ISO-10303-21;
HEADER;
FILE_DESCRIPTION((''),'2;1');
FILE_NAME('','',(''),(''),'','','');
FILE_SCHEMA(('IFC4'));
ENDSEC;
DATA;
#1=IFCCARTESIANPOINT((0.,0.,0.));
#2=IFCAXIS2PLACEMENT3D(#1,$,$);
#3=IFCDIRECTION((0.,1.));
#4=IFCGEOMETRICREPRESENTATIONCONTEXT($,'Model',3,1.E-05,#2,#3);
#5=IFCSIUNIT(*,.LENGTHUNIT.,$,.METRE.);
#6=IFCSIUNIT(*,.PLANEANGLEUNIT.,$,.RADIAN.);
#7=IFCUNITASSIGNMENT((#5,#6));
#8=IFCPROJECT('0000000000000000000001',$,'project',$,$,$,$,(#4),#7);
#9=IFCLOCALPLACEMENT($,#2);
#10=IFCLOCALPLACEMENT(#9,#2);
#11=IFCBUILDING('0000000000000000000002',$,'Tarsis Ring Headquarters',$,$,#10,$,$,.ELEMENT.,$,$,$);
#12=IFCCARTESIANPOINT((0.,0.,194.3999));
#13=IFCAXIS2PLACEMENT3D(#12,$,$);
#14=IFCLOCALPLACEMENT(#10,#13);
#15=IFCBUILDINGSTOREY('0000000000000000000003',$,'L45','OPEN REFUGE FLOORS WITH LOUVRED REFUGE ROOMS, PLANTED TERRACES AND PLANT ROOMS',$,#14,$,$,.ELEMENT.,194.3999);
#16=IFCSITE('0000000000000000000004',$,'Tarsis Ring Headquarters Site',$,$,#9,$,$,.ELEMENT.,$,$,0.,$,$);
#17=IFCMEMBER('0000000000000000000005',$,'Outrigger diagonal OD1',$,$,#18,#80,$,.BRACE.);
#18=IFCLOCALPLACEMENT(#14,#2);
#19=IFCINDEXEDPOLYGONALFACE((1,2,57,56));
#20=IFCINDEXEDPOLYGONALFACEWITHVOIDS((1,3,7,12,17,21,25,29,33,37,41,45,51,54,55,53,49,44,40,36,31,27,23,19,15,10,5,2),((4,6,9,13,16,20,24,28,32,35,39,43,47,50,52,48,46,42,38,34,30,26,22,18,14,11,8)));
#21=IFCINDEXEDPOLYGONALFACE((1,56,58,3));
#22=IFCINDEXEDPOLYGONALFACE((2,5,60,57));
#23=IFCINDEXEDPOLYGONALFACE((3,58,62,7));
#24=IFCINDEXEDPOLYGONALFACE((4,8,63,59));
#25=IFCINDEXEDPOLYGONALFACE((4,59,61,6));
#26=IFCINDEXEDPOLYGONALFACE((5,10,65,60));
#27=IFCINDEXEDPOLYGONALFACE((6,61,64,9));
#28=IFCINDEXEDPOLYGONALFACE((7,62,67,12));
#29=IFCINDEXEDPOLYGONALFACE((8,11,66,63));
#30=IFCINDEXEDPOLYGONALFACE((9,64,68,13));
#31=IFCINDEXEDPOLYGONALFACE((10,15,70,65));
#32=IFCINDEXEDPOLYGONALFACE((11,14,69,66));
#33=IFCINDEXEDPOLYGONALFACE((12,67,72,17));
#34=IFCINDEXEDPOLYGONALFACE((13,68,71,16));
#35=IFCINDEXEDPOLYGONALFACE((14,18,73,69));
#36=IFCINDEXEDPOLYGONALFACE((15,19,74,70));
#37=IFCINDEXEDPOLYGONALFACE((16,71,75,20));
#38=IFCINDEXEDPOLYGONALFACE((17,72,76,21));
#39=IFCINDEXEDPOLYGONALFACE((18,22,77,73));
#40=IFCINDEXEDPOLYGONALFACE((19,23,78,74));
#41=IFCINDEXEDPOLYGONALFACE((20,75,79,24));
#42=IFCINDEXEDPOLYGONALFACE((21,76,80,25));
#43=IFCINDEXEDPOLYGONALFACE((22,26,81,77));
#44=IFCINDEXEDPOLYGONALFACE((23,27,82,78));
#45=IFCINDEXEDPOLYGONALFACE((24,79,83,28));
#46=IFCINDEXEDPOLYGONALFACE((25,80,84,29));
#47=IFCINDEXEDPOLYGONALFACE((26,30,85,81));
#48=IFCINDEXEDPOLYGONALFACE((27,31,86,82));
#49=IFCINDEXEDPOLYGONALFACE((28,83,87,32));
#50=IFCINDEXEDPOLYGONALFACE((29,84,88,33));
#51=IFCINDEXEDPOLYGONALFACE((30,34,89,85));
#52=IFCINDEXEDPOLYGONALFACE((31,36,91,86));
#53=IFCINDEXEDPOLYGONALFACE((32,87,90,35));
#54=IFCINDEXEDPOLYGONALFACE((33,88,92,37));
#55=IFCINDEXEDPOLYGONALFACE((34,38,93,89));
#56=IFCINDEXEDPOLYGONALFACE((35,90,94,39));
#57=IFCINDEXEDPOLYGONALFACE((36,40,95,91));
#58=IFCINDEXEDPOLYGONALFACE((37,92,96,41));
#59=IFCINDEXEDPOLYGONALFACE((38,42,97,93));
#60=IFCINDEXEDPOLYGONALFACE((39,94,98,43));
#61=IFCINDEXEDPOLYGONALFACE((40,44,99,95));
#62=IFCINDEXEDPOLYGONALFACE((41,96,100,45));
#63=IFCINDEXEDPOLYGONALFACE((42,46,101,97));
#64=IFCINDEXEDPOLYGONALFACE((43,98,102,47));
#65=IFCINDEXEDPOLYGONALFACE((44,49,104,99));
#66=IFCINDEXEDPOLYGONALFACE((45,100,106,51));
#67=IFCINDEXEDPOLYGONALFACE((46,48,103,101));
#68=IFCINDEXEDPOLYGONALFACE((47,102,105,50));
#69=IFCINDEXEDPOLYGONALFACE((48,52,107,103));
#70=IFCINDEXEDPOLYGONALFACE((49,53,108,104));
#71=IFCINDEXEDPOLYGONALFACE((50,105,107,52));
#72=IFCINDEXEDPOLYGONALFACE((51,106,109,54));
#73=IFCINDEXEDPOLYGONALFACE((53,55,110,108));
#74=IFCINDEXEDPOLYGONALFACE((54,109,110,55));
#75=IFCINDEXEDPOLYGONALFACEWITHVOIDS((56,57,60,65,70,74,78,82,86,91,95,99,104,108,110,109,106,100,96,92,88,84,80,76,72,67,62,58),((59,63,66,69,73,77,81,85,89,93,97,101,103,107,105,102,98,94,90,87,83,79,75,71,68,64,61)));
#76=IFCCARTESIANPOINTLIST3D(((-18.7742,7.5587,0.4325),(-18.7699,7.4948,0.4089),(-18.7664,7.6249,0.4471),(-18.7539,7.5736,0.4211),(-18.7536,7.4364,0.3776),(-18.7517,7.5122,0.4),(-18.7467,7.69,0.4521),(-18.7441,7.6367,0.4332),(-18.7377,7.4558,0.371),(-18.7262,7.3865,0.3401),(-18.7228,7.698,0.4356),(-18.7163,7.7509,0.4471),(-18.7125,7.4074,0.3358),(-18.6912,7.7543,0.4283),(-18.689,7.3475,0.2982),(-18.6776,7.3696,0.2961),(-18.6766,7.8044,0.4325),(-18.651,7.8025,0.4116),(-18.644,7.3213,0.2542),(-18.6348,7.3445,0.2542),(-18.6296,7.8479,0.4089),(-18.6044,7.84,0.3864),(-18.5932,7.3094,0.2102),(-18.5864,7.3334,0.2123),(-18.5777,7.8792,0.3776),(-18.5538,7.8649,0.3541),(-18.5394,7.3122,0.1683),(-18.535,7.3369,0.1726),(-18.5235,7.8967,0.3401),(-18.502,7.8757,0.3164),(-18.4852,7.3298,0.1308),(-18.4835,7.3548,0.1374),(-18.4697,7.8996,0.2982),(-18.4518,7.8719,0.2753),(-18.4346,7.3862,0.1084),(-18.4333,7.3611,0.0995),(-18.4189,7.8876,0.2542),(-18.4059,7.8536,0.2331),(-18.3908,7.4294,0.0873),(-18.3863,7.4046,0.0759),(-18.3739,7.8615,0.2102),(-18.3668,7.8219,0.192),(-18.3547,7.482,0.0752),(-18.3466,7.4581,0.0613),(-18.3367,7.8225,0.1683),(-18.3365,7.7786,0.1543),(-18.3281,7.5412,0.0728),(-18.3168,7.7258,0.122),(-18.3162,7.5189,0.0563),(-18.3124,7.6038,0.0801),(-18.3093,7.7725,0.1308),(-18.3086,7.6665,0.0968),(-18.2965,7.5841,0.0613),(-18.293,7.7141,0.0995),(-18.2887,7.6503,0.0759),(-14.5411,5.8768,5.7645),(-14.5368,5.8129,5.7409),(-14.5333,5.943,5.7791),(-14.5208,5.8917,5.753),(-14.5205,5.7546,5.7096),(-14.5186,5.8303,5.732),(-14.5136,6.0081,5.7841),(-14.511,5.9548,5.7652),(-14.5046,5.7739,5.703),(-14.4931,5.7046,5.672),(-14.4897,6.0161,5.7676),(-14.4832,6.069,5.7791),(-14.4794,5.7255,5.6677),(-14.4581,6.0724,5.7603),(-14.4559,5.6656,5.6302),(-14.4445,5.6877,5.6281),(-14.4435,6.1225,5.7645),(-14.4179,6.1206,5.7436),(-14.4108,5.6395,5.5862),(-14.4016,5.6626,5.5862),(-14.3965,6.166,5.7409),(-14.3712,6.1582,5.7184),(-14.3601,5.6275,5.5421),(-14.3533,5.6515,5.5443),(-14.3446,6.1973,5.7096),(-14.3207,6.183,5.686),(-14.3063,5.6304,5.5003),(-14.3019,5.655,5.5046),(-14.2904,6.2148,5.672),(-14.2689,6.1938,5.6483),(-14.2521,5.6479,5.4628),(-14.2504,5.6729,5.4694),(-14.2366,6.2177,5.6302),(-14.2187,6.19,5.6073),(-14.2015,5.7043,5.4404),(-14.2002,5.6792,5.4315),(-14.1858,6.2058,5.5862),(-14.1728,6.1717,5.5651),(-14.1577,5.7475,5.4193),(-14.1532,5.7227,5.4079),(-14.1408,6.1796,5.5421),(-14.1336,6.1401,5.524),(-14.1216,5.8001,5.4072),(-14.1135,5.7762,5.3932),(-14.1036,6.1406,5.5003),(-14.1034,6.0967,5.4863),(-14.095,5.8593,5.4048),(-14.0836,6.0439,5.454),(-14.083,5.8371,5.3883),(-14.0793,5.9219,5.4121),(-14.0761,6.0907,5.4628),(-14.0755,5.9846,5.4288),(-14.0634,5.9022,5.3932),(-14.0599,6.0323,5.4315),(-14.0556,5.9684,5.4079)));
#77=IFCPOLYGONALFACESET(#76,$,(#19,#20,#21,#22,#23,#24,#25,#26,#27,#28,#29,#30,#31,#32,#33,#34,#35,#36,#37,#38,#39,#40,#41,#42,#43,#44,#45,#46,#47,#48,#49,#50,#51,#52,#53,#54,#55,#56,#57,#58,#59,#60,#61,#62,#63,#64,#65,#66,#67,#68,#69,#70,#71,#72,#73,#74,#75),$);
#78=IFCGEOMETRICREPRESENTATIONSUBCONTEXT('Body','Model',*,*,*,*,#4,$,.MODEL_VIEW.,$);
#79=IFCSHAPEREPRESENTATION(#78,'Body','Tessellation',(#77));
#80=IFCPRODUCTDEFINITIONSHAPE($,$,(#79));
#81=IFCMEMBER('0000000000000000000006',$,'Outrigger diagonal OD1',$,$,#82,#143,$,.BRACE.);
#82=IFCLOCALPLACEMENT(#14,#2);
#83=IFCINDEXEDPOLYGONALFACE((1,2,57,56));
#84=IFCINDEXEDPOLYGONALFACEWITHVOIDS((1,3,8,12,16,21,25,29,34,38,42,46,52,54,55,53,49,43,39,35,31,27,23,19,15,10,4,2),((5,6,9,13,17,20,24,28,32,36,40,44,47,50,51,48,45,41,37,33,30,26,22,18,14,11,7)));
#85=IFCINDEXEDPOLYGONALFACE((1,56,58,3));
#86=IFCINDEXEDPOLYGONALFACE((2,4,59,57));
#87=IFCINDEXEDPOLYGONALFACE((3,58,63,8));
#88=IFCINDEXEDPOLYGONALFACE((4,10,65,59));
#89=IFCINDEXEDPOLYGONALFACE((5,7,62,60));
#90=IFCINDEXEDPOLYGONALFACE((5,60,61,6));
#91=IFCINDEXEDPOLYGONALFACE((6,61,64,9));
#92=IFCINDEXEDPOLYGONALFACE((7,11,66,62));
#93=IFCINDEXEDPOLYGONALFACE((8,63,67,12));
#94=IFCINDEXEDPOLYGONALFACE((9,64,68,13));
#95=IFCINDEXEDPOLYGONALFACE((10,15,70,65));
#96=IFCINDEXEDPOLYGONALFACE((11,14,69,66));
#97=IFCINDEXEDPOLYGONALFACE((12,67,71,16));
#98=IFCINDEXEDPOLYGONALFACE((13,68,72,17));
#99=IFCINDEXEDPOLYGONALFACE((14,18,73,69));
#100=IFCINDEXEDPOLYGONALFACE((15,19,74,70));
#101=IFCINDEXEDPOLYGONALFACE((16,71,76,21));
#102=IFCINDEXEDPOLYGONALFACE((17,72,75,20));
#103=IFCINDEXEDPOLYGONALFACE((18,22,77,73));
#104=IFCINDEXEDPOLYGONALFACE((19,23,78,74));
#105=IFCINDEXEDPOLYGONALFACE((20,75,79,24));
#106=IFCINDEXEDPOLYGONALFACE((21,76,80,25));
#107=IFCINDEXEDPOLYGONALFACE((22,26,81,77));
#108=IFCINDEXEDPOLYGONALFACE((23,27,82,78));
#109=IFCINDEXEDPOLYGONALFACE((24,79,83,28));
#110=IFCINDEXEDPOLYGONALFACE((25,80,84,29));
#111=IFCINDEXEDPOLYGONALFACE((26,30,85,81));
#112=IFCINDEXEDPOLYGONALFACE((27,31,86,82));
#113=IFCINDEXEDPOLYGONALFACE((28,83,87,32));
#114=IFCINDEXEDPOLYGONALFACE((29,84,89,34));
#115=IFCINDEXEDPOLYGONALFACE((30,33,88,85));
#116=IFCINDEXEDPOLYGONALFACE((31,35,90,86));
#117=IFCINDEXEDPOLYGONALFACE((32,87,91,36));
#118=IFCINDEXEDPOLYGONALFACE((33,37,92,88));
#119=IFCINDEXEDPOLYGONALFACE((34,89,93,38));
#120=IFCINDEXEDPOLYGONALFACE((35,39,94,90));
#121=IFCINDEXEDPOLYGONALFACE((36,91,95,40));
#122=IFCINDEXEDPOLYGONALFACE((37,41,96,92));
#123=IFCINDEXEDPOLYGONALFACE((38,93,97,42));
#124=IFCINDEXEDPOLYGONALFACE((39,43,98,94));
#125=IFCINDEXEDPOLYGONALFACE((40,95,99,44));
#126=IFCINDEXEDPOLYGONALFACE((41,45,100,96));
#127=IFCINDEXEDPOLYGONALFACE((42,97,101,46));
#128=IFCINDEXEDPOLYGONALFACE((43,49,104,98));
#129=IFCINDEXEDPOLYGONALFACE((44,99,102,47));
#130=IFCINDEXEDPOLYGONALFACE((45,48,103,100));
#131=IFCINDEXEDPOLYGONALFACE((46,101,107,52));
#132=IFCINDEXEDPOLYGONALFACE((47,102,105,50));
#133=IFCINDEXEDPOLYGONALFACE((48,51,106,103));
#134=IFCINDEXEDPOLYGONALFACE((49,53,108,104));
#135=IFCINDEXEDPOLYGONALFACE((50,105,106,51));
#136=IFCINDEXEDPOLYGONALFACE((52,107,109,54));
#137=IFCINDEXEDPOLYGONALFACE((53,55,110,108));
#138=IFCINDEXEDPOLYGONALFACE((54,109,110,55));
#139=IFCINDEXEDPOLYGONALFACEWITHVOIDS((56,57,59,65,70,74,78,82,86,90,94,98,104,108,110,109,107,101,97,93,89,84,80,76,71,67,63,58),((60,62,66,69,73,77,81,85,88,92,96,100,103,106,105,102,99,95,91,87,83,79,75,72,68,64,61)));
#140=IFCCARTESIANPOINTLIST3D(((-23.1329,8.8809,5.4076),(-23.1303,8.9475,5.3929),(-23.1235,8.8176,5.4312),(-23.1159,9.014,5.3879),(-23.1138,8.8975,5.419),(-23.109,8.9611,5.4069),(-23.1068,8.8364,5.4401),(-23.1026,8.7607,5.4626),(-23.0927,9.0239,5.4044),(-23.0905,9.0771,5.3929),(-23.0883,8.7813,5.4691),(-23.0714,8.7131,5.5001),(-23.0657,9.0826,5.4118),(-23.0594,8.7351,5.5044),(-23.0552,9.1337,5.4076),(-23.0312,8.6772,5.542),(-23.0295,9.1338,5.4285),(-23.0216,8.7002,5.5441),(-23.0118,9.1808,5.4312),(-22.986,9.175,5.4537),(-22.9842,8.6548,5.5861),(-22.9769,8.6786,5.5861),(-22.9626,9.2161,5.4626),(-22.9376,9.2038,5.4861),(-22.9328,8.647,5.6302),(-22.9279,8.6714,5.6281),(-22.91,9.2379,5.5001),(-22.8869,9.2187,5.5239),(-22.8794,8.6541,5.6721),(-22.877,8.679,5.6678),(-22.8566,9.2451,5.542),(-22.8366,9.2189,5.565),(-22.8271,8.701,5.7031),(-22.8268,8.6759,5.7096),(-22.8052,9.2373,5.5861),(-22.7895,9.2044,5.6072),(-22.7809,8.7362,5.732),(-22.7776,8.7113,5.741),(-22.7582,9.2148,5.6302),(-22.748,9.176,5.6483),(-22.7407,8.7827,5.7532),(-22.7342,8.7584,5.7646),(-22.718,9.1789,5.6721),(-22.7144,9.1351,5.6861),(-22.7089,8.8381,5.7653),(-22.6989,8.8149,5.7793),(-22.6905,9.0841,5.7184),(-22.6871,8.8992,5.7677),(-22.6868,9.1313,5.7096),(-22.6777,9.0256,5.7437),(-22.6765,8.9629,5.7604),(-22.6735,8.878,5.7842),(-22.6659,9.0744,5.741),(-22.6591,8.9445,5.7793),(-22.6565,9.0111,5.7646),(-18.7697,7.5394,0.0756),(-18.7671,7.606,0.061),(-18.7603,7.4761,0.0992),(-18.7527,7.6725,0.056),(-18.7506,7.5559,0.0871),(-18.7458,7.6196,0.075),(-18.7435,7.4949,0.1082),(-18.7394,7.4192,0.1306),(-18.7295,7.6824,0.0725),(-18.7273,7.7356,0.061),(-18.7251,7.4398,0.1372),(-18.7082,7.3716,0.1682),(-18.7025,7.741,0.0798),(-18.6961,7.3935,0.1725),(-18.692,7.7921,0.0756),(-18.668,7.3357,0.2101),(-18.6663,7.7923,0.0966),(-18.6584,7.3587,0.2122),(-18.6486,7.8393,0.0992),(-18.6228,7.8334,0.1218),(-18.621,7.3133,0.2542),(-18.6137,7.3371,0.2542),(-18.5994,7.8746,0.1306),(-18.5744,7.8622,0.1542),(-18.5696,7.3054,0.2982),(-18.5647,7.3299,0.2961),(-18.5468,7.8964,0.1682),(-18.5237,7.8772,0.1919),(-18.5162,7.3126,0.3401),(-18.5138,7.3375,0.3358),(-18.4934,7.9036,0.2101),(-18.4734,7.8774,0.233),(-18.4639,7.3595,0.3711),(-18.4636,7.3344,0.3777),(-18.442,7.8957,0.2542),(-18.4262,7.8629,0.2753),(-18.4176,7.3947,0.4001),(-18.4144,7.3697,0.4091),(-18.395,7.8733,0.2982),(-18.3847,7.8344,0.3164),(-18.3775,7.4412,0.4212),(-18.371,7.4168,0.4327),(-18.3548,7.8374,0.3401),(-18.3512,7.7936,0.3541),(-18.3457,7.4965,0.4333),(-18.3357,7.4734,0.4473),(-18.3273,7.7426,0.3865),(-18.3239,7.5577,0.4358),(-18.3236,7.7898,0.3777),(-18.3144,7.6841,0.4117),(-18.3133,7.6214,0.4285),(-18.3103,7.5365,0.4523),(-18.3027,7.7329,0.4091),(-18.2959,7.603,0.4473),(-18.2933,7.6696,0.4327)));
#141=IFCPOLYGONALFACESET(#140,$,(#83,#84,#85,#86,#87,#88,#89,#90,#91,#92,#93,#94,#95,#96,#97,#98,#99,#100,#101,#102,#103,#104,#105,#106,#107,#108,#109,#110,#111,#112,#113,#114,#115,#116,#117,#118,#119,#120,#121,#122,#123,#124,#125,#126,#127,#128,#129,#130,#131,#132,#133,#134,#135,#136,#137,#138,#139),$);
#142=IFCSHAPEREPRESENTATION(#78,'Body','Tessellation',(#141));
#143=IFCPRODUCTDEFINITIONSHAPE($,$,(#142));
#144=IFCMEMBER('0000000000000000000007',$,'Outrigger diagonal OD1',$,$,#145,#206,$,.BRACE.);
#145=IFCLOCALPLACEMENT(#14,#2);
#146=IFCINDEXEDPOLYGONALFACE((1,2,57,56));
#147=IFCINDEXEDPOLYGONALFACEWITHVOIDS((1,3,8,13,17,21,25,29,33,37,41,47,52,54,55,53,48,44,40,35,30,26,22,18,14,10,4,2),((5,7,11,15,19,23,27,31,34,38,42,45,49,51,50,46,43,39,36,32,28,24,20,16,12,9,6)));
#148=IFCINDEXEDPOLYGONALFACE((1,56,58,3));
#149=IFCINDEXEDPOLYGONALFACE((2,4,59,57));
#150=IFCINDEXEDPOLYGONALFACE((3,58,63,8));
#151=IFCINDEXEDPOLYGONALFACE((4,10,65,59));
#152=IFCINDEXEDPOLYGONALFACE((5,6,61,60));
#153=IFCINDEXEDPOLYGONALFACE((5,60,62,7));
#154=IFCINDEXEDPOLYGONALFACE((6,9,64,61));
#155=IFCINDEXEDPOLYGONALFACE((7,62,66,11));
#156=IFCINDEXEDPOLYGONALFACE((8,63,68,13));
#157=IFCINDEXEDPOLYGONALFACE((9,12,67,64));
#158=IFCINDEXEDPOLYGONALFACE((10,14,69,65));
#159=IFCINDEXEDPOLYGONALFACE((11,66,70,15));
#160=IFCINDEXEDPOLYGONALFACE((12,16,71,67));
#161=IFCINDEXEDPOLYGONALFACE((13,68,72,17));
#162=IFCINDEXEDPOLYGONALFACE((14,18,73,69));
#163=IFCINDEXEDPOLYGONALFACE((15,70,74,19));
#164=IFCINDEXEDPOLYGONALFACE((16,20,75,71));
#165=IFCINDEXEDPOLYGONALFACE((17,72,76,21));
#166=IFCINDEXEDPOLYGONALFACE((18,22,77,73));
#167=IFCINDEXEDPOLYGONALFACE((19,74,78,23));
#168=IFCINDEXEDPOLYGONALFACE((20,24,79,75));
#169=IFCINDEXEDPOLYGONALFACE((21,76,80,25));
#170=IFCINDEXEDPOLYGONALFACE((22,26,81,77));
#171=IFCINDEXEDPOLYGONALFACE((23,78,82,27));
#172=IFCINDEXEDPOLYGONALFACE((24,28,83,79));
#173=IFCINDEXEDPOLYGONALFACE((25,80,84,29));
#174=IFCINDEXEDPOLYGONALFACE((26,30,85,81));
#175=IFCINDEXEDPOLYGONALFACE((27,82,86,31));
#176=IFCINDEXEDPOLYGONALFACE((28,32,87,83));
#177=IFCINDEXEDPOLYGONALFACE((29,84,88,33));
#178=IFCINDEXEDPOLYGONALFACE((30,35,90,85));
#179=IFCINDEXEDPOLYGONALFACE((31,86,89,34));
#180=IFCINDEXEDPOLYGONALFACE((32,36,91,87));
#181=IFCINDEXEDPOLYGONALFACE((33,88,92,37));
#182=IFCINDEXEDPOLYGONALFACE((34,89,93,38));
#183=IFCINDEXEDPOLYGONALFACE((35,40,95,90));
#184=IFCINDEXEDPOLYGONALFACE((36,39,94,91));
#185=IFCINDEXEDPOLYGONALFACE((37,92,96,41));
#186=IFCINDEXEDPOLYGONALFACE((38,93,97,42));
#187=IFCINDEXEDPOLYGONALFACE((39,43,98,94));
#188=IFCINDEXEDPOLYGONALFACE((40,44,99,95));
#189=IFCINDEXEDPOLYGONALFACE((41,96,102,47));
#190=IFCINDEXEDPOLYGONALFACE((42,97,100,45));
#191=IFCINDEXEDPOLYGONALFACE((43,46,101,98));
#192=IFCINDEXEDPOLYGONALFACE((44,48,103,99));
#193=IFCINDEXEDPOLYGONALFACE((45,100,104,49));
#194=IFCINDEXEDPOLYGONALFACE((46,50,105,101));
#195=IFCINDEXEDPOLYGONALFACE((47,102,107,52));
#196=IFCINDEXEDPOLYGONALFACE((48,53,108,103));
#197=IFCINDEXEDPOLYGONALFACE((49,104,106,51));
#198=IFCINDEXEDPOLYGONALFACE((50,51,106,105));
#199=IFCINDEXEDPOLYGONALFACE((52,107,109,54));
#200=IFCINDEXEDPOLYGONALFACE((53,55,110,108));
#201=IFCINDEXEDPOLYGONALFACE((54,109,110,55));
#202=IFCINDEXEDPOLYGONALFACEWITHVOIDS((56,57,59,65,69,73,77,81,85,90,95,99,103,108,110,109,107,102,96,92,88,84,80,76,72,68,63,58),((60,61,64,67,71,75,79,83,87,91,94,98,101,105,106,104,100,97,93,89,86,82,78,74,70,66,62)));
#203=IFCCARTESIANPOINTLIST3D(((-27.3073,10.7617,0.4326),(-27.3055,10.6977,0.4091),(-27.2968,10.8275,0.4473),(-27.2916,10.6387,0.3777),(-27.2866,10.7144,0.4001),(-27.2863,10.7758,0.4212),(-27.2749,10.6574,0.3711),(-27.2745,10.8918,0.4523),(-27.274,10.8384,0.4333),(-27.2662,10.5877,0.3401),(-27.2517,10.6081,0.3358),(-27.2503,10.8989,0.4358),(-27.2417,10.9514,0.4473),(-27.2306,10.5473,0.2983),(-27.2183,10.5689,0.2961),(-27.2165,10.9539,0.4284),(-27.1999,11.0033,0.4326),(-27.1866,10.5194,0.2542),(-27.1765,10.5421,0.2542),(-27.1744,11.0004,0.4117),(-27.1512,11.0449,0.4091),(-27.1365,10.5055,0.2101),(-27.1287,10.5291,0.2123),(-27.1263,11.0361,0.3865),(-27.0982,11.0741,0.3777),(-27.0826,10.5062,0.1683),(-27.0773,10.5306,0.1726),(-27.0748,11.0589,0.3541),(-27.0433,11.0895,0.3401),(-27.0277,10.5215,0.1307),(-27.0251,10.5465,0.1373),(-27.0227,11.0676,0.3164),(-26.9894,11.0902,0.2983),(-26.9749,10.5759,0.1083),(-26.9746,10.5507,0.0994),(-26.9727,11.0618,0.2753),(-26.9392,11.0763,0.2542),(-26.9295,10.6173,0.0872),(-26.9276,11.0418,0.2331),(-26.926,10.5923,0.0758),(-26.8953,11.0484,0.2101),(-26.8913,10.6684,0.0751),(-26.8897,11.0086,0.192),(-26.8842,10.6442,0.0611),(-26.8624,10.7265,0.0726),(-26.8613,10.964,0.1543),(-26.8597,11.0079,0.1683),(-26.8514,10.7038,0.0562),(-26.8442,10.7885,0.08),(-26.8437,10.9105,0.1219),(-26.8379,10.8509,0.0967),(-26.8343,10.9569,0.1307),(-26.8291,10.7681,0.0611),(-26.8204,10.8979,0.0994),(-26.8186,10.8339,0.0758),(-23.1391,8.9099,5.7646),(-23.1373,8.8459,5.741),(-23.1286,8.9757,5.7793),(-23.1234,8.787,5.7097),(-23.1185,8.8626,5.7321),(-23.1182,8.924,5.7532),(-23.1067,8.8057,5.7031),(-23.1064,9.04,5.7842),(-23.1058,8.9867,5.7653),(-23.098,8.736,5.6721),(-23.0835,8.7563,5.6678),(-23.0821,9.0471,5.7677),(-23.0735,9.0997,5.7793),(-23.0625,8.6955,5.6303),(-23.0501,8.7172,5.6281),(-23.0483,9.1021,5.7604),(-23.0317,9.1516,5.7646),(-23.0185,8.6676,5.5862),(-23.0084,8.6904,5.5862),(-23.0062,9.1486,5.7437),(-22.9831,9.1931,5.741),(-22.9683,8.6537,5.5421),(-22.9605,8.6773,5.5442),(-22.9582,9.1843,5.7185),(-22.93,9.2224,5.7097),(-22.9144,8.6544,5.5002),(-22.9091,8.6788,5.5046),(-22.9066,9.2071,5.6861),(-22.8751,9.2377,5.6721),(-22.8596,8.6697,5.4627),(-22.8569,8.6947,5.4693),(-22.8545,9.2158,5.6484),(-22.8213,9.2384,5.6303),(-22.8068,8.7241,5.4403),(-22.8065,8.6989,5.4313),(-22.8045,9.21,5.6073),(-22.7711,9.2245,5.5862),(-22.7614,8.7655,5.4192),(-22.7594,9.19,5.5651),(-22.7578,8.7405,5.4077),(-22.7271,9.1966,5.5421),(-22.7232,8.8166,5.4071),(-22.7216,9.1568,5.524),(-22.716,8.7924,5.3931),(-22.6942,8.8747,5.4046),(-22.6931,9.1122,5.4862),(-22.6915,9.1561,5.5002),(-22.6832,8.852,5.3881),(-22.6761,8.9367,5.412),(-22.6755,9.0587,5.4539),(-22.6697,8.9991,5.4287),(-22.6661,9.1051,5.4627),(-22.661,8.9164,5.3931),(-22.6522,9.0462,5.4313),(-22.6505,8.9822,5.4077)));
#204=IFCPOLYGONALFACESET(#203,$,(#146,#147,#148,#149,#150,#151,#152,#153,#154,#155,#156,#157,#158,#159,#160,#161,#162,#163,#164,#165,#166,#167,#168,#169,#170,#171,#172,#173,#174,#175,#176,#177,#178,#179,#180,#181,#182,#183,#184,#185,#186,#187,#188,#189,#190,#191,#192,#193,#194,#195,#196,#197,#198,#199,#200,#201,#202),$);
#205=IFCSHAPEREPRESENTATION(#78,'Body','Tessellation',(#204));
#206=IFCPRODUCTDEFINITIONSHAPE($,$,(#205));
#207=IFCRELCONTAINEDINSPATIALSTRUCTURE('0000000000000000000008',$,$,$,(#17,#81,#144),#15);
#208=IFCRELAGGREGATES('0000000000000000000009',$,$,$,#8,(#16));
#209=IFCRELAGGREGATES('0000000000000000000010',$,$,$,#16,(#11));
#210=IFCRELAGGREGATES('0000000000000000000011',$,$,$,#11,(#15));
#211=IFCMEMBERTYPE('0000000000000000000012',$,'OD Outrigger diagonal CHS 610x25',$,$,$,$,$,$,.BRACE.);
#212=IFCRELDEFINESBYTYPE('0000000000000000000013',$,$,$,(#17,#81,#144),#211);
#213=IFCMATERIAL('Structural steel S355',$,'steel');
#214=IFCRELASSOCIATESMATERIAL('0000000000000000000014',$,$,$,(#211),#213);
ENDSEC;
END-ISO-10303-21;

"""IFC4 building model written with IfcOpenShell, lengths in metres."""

from ifc_helpers import new_model, si_unit, direction, frame, origin, origin_2d, place, context, subcontext, project, spatial, hollow_circle, extrude, material, material_profile, profile_set, type_object, element, save


model = new_model("IFC4")

# Units and contexts
model_context = context("Model", 3, precision=1e-05, world=origin(), true_north=direction((0.0, 1.0)))
body_context = subcontext(model_context, "Body", "Model", "MODEL_VIEW")
ifc_project = project(units=[si_unit("LENGTHUNIT", "METRE"), si_unit("PLANEANGLEUNIT", "RADIAN")], contexts=[model_context])

# Site, building, storey
site_placement = place(None, origin())
site = spatial("IfcSite", under=ifc_project, at=site_placement, Name="Tarsis Ring Headquarters Site", CompositionType="ELEMENT", RefElevation=0.0)
building_placement = place(site_placement, origin())
building = spatial("IfcBuilding", under=site, at=building_placement, Name="Tarsis Ring Headquarters", CompositionType="ELEMENT")
storey_placement = place(building_placement, frame((0.0, 0.0, 194.3999)))
storey = spatial("IfcBuildingStorey", under=building, at=storey_placement, Name="L45", Description="OPEN REFUGE FLOORS WITH LOUVRED REFUGE ROOMS, PLANTED TERRACES AND PLANT ROOMS", CompositionType="ELEMENT", Elevation=194.3999)

# Members
ifc_material_1 = material(Name="Structural steel S355", Category="steel")
ifc_material_profile_1 = material_profile(ifc_material_1, hollow_circle(Radius=0.3047, WallThickness=0.0249, at=origin_2d()), Name="CHS 610x25")
ifc_profile_set_1 = profile_set([ifc_material_profile_1], Name="Structural steel S355")
member_type_1 = type_object("IfcMemberType", Name="OD Outrigger diagonal CHS 610x25", PredefinedType="BRACE", material=ifc_profile_set_1)
member_1_placement = place(storey_placement, frame((-14.2983, 5.9226, 5.5862), z_axis=(-0.603635, 0.239832, -0.760332), x_axis=(-0.369237, -0.929335, 0.0)))
element("IfcMember", 1, at=member_1_placement, inside=storey, type_object=member_type_1, Name="Outrigger diagonal OD1", PredefinedType="BRACE", context=body_context, shape_type="SweptSolid", body=[
    extrude(hollow_circle(Radius=0.3047, WallThickness=0.0249, at=origin_2d()), origin(), (0.0, 0.0, 1.0), 7.0127),
])
member_2_placement = place(storey_placement, frame((-18.5315, 7.6045, 0.2542), z_axis=(-0.621625, 0.191127, 0.75964), x_axis=(-0.293887, -0.95584, 0.0)))
element("IfcMember", 2, at=member_2_placement, inside=storey, type_object=member_type_1, Name="Outrigger diagonal OD1", PredefinedType="BRACE", context=body_context, shape_type="SweptSolid", body=[
    extrude(hollow_circle(Radius=0.3047, WallThickness=0.0249, at=origin_2d()), origin(), (0.0, 0.0, 1.0), 7.019),
])
member_3_placement = place(storey_placement, frame((-22.8948, 8.946, 5.5862), z_axis=(-0.594044, 0.263915, -0.759908), x_axis=(-0.406004, -0.913871, 0.0)))
element("IfcMember", 3, at=member_3_placement, inside=storey, type_object=member_type_1, Name="Outrigger diagonal OD1", PredefinedType="BRACE", context=body_context, shape_type="SweptSolid", body=[
    extrude(hollow_circle(Radius=0.3047, WallThickness=0.0249, at=origin_2d()), origin(), (0.0, 0.0, 1.0), 7.0166),
])

save(model, "model.ifc")
